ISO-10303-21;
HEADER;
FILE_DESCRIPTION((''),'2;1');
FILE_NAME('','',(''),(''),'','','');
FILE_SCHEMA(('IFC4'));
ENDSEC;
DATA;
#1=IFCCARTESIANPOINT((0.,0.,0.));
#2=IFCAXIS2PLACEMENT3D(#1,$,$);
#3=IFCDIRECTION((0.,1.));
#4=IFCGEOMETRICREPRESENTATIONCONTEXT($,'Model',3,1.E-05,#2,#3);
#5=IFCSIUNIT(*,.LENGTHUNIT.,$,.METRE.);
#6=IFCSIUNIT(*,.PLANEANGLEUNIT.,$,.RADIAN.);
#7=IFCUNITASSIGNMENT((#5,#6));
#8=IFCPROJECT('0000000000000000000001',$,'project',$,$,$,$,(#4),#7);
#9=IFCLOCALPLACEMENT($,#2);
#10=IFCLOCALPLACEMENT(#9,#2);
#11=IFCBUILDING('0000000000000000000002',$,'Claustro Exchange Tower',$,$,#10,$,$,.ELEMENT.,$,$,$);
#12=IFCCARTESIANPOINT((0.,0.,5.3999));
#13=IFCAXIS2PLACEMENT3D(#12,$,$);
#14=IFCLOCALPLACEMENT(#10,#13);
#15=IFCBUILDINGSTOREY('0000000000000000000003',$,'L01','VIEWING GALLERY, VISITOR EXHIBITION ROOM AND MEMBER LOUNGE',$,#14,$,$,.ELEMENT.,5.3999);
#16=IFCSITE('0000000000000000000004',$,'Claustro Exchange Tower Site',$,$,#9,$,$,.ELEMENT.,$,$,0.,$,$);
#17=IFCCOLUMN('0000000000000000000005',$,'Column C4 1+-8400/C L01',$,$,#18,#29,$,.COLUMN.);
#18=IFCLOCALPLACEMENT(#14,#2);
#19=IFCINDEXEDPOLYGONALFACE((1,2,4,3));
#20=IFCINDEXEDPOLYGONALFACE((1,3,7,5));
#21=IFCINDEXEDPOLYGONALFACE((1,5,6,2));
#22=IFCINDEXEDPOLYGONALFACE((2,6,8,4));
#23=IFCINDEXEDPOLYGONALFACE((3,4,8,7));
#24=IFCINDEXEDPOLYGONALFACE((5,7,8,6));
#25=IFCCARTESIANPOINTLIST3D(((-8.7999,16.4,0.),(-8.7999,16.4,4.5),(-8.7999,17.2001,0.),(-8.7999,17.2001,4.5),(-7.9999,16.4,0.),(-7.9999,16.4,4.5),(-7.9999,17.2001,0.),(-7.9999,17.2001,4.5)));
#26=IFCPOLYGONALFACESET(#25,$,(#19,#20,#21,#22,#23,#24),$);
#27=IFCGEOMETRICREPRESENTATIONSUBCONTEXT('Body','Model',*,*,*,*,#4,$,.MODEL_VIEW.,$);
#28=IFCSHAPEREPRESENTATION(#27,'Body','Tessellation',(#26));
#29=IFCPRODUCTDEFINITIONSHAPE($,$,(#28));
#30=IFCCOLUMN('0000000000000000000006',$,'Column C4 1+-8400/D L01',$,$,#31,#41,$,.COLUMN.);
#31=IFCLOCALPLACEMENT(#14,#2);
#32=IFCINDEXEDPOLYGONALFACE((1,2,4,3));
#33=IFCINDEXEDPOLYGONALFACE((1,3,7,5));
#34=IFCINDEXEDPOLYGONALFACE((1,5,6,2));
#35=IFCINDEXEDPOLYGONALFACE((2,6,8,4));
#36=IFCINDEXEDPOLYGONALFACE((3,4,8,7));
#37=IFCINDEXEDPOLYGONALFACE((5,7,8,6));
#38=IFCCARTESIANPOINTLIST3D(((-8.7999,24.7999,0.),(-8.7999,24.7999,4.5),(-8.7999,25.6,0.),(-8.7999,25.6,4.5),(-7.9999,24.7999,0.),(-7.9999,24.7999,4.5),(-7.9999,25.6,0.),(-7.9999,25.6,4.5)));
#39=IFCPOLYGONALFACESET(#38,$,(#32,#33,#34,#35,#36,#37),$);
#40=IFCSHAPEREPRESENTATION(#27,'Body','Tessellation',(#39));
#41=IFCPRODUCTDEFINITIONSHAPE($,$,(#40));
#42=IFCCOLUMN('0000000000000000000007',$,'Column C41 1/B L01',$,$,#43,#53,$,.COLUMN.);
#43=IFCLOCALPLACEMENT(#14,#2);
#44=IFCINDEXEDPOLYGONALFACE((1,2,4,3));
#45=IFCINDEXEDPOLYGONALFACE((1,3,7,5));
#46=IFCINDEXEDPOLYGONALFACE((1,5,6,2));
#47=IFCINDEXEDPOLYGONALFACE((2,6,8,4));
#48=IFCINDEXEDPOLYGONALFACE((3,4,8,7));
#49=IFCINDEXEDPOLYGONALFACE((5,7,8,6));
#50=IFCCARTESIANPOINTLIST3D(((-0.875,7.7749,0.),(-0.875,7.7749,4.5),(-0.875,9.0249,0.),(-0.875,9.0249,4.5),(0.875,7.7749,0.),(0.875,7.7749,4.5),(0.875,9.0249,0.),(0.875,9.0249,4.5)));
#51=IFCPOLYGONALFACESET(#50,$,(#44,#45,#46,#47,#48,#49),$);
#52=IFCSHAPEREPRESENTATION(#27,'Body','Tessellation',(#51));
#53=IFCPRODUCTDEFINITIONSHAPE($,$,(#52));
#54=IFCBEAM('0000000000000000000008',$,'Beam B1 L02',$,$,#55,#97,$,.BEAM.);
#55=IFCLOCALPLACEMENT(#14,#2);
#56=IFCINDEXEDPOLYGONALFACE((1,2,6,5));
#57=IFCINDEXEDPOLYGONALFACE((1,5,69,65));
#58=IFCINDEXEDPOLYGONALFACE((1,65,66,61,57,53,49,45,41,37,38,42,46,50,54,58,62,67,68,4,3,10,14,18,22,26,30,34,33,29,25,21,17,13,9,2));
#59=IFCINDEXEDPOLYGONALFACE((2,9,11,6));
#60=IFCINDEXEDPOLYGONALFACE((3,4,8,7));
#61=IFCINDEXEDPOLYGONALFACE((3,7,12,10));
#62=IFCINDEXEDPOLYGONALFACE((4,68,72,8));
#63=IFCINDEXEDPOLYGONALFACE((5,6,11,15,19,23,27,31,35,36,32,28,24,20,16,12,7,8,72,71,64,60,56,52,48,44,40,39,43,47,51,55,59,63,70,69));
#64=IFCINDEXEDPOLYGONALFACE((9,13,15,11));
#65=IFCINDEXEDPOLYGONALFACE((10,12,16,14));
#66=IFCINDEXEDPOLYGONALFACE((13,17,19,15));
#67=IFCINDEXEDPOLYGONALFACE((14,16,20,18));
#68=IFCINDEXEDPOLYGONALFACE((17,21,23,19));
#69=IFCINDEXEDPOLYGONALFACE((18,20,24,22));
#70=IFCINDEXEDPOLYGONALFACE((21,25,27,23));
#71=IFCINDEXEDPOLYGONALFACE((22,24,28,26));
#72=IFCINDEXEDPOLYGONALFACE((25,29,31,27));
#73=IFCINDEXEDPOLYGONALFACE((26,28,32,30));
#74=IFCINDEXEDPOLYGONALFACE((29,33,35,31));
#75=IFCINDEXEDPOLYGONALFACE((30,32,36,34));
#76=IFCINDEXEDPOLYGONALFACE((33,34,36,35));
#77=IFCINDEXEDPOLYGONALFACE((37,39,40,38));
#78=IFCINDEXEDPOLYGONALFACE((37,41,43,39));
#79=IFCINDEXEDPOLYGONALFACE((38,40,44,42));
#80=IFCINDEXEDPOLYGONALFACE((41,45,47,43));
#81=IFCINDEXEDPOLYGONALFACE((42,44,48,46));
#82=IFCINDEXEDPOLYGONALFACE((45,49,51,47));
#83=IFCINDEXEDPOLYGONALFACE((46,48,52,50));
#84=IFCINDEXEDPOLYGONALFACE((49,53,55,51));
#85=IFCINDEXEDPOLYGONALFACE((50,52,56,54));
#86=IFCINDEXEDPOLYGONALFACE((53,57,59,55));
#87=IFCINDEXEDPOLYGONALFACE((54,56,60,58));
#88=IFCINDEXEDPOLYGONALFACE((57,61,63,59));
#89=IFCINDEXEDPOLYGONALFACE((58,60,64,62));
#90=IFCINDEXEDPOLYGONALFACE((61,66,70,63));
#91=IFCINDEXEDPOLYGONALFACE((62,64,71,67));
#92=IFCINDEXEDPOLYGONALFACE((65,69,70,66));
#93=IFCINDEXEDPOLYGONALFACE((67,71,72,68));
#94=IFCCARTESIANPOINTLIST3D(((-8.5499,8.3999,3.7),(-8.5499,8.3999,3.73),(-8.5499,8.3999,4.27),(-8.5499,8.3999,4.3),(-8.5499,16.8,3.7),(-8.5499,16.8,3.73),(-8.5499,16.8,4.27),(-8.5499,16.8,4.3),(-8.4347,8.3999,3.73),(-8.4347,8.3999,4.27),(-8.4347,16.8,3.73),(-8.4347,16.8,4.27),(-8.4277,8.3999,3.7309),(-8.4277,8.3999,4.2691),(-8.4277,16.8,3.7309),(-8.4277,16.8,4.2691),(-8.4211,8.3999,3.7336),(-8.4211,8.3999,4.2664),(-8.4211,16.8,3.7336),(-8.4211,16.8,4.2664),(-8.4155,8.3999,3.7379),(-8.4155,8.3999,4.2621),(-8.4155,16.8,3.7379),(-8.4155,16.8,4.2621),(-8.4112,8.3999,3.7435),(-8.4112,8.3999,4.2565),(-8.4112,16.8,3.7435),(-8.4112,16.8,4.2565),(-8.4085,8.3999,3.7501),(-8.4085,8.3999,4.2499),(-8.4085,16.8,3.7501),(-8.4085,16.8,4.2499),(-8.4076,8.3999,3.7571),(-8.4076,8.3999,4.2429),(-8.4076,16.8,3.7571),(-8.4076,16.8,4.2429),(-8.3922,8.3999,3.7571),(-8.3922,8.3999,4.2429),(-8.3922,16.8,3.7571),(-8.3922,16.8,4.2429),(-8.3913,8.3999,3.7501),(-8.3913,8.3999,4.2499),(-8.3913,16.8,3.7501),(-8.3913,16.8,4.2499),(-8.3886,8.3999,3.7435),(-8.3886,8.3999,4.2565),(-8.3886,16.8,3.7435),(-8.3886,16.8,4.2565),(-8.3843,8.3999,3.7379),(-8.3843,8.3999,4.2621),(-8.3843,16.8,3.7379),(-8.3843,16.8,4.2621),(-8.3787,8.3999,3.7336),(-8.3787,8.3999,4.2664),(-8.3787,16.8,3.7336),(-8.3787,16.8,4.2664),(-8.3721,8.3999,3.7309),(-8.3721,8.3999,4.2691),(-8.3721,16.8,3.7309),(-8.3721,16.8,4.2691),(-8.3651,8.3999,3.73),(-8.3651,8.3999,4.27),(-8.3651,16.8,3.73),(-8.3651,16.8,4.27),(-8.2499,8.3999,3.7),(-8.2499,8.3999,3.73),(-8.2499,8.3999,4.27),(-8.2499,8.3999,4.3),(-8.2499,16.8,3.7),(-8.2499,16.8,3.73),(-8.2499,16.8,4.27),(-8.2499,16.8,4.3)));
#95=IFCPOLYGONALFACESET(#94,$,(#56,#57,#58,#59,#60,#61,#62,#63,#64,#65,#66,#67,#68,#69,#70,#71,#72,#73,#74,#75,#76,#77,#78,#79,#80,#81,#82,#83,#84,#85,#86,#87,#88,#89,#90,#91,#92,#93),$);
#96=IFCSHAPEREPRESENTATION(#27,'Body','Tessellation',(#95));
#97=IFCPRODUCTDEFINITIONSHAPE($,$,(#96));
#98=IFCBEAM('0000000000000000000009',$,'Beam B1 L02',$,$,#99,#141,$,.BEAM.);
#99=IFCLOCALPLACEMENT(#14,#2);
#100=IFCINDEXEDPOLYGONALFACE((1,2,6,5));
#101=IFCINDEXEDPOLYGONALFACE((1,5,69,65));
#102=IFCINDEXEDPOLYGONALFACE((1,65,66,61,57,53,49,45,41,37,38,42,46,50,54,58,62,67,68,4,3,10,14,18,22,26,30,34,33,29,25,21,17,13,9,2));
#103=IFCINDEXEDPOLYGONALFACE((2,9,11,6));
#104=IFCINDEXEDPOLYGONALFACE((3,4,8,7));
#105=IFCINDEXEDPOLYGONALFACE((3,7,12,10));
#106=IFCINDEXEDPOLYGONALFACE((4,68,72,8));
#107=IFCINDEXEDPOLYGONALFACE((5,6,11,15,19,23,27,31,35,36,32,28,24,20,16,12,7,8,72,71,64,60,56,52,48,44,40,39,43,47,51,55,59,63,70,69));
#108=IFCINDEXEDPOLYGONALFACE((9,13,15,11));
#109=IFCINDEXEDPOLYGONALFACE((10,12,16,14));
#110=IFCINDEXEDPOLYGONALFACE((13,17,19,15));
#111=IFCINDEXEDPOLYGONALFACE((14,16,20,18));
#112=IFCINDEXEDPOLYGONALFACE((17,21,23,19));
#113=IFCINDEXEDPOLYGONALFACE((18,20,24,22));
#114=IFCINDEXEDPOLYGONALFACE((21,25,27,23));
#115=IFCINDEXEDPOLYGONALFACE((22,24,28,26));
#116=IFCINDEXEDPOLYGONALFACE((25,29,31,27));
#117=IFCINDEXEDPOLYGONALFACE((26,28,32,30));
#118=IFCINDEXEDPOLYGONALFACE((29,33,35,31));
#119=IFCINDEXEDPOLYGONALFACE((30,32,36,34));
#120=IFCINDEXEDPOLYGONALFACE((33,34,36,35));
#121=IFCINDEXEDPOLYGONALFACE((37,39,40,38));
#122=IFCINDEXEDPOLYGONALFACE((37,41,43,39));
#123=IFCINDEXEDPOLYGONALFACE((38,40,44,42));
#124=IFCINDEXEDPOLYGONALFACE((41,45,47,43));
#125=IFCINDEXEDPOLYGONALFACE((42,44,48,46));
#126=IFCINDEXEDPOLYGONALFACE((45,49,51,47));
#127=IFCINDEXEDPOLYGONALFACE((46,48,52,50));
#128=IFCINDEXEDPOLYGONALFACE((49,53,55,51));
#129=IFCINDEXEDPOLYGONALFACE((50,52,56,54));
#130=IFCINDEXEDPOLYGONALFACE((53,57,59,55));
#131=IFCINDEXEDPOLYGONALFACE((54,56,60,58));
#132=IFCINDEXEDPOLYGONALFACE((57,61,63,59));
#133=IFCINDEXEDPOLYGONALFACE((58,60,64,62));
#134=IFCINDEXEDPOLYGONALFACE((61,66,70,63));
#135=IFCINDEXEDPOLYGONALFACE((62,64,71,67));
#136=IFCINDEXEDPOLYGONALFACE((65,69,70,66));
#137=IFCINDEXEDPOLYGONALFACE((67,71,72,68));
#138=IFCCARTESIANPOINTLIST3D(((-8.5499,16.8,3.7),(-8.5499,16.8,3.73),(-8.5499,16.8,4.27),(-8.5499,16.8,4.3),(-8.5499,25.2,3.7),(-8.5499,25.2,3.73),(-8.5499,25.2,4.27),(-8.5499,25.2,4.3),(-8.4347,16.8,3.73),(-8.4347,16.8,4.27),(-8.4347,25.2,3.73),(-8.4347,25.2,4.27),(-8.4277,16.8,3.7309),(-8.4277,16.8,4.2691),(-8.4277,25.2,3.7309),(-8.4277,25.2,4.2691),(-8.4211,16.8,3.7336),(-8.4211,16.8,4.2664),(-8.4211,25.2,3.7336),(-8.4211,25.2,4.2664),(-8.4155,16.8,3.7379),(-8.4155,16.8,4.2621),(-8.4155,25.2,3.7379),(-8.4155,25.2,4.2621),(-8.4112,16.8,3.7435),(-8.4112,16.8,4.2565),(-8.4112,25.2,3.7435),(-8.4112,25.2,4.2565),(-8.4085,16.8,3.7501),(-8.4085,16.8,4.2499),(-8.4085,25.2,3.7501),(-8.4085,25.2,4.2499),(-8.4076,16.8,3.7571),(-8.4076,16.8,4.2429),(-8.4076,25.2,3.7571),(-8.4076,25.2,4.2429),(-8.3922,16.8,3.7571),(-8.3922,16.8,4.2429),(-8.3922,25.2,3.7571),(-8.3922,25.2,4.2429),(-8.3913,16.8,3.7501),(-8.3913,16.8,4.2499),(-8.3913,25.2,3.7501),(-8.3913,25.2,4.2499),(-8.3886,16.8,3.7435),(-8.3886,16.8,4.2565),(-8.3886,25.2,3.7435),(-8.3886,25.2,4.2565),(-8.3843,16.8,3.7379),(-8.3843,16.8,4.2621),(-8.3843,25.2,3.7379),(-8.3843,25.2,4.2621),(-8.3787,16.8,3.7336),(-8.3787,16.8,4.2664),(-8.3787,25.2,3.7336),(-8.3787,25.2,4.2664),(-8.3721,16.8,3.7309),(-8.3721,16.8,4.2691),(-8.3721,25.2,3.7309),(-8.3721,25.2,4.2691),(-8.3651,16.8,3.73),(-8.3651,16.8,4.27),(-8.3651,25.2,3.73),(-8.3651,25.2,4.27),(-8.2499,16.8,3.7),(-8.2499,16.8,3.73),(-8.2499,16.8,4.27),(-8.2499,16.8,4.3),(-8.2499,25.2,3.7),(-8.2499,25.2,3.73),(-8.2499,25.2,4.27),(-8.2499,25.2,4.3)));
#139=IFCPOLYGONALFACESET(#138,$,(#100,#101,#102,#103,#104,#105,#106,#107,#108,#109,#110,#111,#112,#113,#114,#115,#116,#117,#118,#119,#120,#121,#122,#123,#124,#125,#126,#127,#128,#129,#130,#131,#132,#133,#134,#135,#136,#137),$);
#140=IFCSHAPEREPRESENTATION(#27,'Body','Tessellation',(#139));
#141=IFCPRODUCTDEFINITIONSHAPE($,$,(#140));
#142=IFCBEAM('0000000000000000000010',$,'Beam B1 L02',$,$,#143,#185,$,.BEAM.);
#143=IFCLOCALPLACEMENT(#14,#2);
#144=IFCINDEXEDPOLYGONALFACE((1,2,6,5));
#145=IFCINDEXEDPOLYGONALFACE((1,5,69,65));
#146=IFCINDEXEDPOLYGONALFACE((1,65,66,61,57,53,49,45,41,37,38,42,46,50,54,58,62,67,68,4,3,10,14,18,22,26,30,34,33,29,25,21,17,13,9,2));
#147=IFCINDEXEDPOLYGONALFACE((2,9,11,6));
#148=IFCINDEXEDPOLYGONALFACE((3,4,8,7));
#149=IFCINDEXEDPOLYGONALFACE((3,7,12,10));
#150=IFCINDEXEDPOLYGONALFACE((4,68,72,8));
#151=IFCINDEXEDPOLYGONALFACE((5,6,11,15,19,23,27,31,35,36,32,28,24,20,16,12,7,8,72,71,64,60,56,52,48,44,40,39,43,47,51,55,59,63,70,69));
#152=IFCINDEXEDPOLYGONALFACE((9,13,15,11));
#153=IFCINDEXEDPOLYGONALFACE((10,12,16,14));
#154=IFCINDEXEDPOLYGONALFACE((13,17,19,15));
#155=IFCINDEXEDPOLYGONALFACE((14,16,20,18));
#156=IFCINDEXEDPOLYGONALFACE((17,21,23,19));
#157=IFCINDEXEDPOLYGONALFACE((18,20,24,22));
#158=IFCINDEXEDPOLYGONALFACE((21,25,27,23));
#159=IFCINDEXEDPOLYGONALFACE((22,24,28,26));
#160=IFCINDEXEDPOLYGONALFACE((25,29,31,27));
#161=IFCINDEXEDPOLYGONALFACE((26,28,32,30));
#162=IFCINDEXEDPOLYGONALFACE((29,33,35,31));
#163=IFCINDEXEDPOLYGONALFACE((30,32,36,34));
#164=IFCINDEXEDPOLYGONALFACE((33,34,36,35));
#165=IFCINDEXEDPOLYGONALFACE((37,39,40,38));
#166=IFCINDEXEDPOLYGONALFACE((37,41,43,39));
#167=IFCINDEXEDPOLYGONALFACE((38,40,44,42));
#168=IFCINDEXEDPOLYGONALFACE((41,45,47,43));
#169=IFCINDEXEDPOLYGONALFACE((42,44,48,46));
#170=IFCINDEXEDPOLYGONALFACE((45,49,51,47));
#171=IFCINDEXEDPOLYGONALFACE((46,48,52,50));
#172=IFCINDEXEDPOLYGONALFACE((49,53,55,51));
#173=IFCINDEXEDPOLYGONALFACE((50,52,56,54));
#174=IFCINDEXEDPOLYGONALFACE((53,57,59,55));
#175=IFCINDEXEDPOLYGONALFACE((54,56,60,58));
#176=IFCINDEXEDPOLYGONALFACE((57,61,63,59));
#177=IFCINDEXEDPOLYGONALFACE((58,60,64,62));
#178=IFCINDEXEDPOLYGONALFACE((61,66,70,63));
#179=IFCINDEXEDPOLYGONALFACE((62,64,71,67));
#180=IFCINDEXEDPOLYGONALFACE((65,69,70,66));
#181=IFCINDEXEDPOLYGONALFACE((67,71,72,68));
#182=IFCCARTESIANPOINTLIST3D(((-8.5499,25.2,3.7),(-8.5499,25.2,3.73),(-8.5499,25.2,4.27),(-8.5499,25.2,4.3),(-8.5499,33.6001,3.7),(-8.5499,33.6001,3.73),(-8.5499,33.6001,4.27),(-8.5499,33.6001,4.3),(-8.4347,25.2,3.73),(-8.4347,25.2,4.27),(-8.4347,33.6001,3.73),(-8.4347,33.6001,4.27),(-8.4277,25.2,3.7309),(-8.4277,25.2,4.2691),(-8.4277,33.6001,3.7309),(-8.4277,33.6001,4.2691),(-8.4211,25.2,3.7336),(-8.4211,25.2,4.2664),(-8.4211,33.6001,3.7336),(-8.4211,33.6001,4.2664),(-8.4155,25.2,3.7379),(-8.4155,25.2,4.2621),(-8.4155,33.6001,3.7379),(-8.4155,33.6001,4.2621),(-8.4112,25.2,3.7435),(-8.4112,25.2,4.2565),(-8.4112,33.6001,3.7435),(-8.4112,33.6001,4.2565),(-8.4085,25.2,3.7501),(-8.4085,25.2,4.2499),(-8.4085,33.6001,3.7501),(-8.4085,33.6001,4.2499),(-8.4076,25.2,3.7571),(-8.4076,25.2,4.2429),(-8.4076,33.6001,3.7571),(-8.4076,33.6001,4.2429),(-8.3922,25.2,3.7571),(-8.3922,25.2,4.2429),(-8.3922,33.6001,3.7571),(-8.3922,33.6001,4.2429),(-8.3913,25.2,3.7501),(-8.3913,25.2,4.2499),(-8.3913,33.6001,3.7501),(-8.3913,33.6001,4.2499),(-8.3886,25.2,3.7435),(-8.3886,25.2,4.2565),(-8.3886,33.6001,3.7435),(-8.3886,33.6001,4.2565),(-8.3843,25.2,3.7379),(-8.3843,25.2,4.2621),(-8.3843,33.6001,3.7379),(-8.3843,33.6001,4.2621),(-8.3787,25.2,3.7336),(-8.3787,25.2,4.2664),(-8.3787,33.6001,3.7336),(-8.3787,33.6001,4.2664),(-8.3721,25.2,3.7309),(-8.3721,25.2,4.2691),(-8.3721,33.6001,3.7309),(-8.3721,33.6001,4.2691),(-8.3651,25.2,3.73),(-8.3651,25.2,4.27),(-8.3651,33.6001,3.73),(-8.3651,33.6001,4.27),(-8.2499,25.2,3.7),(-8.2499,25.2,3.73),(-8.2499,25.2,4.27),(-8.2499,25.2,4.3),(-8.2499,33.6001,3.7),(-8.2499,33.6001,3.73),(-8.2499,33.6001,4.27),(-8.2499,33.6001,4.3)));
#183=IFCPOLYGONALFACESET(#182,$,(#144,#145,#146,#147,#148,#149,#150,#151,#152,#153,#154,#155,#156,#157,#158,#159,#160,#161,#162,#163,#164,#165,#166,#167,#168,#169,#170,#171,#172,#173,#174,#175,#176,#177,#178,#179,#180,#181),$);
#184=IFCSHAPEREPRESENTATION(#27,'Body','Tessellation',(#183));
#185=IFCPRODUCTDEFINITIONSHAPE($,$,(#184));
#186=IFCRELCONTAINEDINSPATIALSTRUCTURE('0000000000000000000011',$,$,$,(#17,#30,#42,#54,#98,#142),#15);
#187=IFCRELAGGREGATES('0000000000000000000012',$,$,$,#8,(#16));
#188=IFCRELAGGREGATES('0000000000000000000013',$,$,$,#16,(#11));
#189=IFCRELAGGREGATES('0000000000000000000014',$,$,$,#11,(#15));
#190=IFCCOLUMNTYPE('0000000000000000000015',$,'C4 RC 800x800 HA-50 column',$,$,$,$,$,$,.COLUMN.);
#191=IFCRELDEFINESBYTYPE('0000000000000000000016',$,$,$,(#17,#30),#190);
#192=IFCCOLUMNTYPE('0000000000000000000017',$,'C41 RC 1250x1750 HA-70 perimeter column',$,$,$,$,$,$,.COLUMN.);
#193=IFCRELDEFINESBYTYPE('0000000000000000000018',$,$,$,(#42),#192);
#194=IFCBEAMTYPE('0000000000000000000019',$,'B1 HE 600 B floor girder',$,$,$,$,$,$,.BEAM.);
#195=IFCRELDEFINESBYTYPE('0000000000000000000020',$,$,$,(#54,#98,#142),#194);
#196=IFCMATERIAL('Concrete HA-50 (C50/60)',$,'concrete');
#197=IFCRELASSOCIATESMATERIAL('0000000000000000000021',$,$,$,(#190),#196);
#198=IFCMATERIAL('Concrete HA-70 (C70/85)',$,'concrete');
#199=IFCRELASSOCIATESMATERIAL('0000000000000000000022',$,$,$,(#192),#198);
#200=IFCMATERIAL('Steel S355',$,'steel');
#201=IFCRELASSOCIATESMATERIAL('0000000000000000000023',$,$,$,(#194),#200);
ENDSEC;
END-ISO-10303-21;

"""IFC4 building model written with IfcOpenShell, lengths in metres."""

from ifc_helpers import new_model, si_unit, direction, frame, origin, origin_2d, place, context, subcontext, project, spatial, rectangle, i_section, extrude, material, material_profile, profile_set, type_object, element, save


model = new_model("IFC4")

# Units and contexts
model_context = context("Model", 3, precision=1e-05, world=origin(), true_north=direction((0.0, 1.0)))
body_context = subcontext(model_context, "Body", "Model", "MODEL_VIEW")
ifc_project = project(units=[si_unit("LENGTHUNIT", "METRE"), si_unit("PLANEANGLEUNIT", "RADIAN")], contexts=[model_context])

# Site, building, storey
site_placement = place(None, origin())
site = spatial("IfcSite", under=ifc_project, at=site_placement, Name="Claustro Exchange Tower Site", CompositionType="ELEMENT", RefElevation=0.0)
building_placement = place(site_placement, origin())
building = spatial("IfcBuilding", under=site, at=building_placement, Name="Claustro Exchange Tower", CompositionType="ELEMENT")
storey_placement = place(building_placement, frame((0.0, 0.0, 5.3999)))
storey = spatial("IfcBuildingStorey", under=building, at=storey_placement, Name="L01", Description="VIEWING GALLERY, VISITOR EXHIBITION ROOM AND MEMBER LOUNGE", CompositionType="ELEMENT", Elevation=5.3999)

# Columns
ifc_material_1 = material(Name="Concrete HA-50 (C50/60)", Category="concrete")
ifc_material_profile_1 = material_profile(ifc_material_1, rectangle(XDim=0.8, YDim=0.8, at=origin_2d()), Name="RC 800x800")
ifc_profile_set_1 = profile_set([ifc_material_profile_1], Name="Concrete HA-50 (C50/60)")
column_type_1 = type_object("IfcColumnType", Name="C4 RC 800x800 HA-50 column", PredefinedType="COLUMN", material=ifc_profile_set_1)
for number, where, z_axis, x_axis, name in (
    (1, (-8.3999, 16.8, 0.0), (0.0, 0.0, 1.0), (1.0, 0.0, 0.0), "Column C4 1+-8400/C L01"),
    (2, (-8.3999, 25.2, 0.0), (0.0, 0.0, 1.0), (1.0, 0.0, 0.0), "Column C4 1+-8400/D L01"),
):
    element("IfcColumn", number, at=place(storey_placement, frame(where, z_axis=z_axis, x_axis=x_axis)), inside=storey, type_object=column_type_1, Name=name, PredefinedType="COLUMN", context=body_context, shape_type="SweptSolid", body=[
        extrude(rectangle(XDim=0.8, YDim=0.8, at=origin_2d()), origin(), (0.0, 0.0, 1.0), 4.5),
    ])
ifc_material_2 = material(Name="Concrete HA-70 (C70/85)", Category="concrete")
ifc_material_profile_2 = material_profile(ifc_material_2, rectangle(XDim=1.25, YDim=1.75, at=origin_2d()), Name="RC 1250x1750")
ifc_profile_set_2 = profile_set([ifc_material_profile_2], Name="Concrete HA-70 (C70/85)")
column_type_2 = type_object("IfcColumnType", Name="C41 RC 1250x1750 HA-70 perimeter column", PredefinedType="COLUMN", material=ifc_profile_set_2)
column_placement = place(storey_placement, frame((0.0, 8.3999, 0.0), z_axis=(0.0, 0.0, 1.0), x_axis=(0.0, 1.0, 0.0)))
element("IfcColumn", 3, at=column_placement, inside=storey, type_object=column_type_2, Name="Column C41 1/B L01", PredefinedType="COLUMN", context=body_context, shape_type="SweptSolid", body=[
    extrude(rectangle(XDim=1.25, YDim=1.75, at=origin_2d()), origin(), (0.0, 0.0, 1.0), 4.5),
])

# Beams
ifc_material_3 = material(Name="Steel S355", Category="steel")
ifc_material_profile_3 = material_profile(ifc_material_3, i_section(OverallWidth=0.3, OverallDepth=0.6001, WebThickness=0.0154, FlangeThickness=0.03, FilletRadius=0.0271, at=origin_2d()), Name="HE 600 B")
ifc_profile_set_3 = profile_set([ifc_material_profile_3], Name="Steel S355")
beam_type_1 = type_object("IfcBeamType", Name="B1 HE 600 B floor girder", PredefinedType="BEAM", material=ifc_profile_set_3)
beam_1_placement = place(storey_placement, frame((-8.3999, 8.3999, 4.0), z_axis=(0.0, 1.0, 0.0), x_axis=(-1.0, 0.0, 0.0)))
element("IfcBeam", 4, at=beam_1_placement, inside=storey, type_object=beam_type_1, Name="Beam B1 L02", PredefinedType="BEAM", context=body_context, shape_type="SweptSolid", body=[
    extrude(i_section(OverallWidth=0.3, OverallDepth=0.6001, WebThickness=0.0154, FlangeThickness=0.03, FilletRadius=0.0271, at=origin_2d()), origin(), (0.0, 0.0, 1.0), 8.4001),
])
beam_2_placement = place(storey_placement, frame((-8.3999, 16.8, 4.0), z_axis=(0.0, 1.0, 0.0), x_axis=(-1.0, 0.0, 0.0)))
element("IfcBeam", 5, at=beam_2_placement, inside=storey, type_object=beam_type_1, Name="Beam B1 L02", PredefinedType="BEAM", context=body_context, shape_type="SweptSolid", body=[
    extrude(i_section(OverallWidth=0.3, OverallDepth=0.6001, WebThickness=0.0154, FlangeThickness=0.03, FilletRadius=0.0271, at=origin_2d()), origin(), (0.0, 0.0, 1.0), 8.3999),
])
beam_3_placement = place(storey_placement, frame((-8.3999, 25.2, 4.0), z_axis=(0.0, 1.0, 0.0), x_axis=(-1.0, 0.0, 0.0)))
element("IfcBeam", 6, at=beam_3_placement, inside=storey, type_object=beam_type_1, Name="Beam B1 L02", PredefinedType="BEAM", context=body_context, shape_type="SweptSolid", body=[
    extrude(i_section(OverallWidth=0.3, OverallDepth=0.6001, WebThickness=0.0154, FlangeThickness=0.03, FilletRadius=0.0271, at=origin_2d()), origin(), (0.0, 0.0, 1.0), 8.4001),
])

save(model, "model.ifc")
